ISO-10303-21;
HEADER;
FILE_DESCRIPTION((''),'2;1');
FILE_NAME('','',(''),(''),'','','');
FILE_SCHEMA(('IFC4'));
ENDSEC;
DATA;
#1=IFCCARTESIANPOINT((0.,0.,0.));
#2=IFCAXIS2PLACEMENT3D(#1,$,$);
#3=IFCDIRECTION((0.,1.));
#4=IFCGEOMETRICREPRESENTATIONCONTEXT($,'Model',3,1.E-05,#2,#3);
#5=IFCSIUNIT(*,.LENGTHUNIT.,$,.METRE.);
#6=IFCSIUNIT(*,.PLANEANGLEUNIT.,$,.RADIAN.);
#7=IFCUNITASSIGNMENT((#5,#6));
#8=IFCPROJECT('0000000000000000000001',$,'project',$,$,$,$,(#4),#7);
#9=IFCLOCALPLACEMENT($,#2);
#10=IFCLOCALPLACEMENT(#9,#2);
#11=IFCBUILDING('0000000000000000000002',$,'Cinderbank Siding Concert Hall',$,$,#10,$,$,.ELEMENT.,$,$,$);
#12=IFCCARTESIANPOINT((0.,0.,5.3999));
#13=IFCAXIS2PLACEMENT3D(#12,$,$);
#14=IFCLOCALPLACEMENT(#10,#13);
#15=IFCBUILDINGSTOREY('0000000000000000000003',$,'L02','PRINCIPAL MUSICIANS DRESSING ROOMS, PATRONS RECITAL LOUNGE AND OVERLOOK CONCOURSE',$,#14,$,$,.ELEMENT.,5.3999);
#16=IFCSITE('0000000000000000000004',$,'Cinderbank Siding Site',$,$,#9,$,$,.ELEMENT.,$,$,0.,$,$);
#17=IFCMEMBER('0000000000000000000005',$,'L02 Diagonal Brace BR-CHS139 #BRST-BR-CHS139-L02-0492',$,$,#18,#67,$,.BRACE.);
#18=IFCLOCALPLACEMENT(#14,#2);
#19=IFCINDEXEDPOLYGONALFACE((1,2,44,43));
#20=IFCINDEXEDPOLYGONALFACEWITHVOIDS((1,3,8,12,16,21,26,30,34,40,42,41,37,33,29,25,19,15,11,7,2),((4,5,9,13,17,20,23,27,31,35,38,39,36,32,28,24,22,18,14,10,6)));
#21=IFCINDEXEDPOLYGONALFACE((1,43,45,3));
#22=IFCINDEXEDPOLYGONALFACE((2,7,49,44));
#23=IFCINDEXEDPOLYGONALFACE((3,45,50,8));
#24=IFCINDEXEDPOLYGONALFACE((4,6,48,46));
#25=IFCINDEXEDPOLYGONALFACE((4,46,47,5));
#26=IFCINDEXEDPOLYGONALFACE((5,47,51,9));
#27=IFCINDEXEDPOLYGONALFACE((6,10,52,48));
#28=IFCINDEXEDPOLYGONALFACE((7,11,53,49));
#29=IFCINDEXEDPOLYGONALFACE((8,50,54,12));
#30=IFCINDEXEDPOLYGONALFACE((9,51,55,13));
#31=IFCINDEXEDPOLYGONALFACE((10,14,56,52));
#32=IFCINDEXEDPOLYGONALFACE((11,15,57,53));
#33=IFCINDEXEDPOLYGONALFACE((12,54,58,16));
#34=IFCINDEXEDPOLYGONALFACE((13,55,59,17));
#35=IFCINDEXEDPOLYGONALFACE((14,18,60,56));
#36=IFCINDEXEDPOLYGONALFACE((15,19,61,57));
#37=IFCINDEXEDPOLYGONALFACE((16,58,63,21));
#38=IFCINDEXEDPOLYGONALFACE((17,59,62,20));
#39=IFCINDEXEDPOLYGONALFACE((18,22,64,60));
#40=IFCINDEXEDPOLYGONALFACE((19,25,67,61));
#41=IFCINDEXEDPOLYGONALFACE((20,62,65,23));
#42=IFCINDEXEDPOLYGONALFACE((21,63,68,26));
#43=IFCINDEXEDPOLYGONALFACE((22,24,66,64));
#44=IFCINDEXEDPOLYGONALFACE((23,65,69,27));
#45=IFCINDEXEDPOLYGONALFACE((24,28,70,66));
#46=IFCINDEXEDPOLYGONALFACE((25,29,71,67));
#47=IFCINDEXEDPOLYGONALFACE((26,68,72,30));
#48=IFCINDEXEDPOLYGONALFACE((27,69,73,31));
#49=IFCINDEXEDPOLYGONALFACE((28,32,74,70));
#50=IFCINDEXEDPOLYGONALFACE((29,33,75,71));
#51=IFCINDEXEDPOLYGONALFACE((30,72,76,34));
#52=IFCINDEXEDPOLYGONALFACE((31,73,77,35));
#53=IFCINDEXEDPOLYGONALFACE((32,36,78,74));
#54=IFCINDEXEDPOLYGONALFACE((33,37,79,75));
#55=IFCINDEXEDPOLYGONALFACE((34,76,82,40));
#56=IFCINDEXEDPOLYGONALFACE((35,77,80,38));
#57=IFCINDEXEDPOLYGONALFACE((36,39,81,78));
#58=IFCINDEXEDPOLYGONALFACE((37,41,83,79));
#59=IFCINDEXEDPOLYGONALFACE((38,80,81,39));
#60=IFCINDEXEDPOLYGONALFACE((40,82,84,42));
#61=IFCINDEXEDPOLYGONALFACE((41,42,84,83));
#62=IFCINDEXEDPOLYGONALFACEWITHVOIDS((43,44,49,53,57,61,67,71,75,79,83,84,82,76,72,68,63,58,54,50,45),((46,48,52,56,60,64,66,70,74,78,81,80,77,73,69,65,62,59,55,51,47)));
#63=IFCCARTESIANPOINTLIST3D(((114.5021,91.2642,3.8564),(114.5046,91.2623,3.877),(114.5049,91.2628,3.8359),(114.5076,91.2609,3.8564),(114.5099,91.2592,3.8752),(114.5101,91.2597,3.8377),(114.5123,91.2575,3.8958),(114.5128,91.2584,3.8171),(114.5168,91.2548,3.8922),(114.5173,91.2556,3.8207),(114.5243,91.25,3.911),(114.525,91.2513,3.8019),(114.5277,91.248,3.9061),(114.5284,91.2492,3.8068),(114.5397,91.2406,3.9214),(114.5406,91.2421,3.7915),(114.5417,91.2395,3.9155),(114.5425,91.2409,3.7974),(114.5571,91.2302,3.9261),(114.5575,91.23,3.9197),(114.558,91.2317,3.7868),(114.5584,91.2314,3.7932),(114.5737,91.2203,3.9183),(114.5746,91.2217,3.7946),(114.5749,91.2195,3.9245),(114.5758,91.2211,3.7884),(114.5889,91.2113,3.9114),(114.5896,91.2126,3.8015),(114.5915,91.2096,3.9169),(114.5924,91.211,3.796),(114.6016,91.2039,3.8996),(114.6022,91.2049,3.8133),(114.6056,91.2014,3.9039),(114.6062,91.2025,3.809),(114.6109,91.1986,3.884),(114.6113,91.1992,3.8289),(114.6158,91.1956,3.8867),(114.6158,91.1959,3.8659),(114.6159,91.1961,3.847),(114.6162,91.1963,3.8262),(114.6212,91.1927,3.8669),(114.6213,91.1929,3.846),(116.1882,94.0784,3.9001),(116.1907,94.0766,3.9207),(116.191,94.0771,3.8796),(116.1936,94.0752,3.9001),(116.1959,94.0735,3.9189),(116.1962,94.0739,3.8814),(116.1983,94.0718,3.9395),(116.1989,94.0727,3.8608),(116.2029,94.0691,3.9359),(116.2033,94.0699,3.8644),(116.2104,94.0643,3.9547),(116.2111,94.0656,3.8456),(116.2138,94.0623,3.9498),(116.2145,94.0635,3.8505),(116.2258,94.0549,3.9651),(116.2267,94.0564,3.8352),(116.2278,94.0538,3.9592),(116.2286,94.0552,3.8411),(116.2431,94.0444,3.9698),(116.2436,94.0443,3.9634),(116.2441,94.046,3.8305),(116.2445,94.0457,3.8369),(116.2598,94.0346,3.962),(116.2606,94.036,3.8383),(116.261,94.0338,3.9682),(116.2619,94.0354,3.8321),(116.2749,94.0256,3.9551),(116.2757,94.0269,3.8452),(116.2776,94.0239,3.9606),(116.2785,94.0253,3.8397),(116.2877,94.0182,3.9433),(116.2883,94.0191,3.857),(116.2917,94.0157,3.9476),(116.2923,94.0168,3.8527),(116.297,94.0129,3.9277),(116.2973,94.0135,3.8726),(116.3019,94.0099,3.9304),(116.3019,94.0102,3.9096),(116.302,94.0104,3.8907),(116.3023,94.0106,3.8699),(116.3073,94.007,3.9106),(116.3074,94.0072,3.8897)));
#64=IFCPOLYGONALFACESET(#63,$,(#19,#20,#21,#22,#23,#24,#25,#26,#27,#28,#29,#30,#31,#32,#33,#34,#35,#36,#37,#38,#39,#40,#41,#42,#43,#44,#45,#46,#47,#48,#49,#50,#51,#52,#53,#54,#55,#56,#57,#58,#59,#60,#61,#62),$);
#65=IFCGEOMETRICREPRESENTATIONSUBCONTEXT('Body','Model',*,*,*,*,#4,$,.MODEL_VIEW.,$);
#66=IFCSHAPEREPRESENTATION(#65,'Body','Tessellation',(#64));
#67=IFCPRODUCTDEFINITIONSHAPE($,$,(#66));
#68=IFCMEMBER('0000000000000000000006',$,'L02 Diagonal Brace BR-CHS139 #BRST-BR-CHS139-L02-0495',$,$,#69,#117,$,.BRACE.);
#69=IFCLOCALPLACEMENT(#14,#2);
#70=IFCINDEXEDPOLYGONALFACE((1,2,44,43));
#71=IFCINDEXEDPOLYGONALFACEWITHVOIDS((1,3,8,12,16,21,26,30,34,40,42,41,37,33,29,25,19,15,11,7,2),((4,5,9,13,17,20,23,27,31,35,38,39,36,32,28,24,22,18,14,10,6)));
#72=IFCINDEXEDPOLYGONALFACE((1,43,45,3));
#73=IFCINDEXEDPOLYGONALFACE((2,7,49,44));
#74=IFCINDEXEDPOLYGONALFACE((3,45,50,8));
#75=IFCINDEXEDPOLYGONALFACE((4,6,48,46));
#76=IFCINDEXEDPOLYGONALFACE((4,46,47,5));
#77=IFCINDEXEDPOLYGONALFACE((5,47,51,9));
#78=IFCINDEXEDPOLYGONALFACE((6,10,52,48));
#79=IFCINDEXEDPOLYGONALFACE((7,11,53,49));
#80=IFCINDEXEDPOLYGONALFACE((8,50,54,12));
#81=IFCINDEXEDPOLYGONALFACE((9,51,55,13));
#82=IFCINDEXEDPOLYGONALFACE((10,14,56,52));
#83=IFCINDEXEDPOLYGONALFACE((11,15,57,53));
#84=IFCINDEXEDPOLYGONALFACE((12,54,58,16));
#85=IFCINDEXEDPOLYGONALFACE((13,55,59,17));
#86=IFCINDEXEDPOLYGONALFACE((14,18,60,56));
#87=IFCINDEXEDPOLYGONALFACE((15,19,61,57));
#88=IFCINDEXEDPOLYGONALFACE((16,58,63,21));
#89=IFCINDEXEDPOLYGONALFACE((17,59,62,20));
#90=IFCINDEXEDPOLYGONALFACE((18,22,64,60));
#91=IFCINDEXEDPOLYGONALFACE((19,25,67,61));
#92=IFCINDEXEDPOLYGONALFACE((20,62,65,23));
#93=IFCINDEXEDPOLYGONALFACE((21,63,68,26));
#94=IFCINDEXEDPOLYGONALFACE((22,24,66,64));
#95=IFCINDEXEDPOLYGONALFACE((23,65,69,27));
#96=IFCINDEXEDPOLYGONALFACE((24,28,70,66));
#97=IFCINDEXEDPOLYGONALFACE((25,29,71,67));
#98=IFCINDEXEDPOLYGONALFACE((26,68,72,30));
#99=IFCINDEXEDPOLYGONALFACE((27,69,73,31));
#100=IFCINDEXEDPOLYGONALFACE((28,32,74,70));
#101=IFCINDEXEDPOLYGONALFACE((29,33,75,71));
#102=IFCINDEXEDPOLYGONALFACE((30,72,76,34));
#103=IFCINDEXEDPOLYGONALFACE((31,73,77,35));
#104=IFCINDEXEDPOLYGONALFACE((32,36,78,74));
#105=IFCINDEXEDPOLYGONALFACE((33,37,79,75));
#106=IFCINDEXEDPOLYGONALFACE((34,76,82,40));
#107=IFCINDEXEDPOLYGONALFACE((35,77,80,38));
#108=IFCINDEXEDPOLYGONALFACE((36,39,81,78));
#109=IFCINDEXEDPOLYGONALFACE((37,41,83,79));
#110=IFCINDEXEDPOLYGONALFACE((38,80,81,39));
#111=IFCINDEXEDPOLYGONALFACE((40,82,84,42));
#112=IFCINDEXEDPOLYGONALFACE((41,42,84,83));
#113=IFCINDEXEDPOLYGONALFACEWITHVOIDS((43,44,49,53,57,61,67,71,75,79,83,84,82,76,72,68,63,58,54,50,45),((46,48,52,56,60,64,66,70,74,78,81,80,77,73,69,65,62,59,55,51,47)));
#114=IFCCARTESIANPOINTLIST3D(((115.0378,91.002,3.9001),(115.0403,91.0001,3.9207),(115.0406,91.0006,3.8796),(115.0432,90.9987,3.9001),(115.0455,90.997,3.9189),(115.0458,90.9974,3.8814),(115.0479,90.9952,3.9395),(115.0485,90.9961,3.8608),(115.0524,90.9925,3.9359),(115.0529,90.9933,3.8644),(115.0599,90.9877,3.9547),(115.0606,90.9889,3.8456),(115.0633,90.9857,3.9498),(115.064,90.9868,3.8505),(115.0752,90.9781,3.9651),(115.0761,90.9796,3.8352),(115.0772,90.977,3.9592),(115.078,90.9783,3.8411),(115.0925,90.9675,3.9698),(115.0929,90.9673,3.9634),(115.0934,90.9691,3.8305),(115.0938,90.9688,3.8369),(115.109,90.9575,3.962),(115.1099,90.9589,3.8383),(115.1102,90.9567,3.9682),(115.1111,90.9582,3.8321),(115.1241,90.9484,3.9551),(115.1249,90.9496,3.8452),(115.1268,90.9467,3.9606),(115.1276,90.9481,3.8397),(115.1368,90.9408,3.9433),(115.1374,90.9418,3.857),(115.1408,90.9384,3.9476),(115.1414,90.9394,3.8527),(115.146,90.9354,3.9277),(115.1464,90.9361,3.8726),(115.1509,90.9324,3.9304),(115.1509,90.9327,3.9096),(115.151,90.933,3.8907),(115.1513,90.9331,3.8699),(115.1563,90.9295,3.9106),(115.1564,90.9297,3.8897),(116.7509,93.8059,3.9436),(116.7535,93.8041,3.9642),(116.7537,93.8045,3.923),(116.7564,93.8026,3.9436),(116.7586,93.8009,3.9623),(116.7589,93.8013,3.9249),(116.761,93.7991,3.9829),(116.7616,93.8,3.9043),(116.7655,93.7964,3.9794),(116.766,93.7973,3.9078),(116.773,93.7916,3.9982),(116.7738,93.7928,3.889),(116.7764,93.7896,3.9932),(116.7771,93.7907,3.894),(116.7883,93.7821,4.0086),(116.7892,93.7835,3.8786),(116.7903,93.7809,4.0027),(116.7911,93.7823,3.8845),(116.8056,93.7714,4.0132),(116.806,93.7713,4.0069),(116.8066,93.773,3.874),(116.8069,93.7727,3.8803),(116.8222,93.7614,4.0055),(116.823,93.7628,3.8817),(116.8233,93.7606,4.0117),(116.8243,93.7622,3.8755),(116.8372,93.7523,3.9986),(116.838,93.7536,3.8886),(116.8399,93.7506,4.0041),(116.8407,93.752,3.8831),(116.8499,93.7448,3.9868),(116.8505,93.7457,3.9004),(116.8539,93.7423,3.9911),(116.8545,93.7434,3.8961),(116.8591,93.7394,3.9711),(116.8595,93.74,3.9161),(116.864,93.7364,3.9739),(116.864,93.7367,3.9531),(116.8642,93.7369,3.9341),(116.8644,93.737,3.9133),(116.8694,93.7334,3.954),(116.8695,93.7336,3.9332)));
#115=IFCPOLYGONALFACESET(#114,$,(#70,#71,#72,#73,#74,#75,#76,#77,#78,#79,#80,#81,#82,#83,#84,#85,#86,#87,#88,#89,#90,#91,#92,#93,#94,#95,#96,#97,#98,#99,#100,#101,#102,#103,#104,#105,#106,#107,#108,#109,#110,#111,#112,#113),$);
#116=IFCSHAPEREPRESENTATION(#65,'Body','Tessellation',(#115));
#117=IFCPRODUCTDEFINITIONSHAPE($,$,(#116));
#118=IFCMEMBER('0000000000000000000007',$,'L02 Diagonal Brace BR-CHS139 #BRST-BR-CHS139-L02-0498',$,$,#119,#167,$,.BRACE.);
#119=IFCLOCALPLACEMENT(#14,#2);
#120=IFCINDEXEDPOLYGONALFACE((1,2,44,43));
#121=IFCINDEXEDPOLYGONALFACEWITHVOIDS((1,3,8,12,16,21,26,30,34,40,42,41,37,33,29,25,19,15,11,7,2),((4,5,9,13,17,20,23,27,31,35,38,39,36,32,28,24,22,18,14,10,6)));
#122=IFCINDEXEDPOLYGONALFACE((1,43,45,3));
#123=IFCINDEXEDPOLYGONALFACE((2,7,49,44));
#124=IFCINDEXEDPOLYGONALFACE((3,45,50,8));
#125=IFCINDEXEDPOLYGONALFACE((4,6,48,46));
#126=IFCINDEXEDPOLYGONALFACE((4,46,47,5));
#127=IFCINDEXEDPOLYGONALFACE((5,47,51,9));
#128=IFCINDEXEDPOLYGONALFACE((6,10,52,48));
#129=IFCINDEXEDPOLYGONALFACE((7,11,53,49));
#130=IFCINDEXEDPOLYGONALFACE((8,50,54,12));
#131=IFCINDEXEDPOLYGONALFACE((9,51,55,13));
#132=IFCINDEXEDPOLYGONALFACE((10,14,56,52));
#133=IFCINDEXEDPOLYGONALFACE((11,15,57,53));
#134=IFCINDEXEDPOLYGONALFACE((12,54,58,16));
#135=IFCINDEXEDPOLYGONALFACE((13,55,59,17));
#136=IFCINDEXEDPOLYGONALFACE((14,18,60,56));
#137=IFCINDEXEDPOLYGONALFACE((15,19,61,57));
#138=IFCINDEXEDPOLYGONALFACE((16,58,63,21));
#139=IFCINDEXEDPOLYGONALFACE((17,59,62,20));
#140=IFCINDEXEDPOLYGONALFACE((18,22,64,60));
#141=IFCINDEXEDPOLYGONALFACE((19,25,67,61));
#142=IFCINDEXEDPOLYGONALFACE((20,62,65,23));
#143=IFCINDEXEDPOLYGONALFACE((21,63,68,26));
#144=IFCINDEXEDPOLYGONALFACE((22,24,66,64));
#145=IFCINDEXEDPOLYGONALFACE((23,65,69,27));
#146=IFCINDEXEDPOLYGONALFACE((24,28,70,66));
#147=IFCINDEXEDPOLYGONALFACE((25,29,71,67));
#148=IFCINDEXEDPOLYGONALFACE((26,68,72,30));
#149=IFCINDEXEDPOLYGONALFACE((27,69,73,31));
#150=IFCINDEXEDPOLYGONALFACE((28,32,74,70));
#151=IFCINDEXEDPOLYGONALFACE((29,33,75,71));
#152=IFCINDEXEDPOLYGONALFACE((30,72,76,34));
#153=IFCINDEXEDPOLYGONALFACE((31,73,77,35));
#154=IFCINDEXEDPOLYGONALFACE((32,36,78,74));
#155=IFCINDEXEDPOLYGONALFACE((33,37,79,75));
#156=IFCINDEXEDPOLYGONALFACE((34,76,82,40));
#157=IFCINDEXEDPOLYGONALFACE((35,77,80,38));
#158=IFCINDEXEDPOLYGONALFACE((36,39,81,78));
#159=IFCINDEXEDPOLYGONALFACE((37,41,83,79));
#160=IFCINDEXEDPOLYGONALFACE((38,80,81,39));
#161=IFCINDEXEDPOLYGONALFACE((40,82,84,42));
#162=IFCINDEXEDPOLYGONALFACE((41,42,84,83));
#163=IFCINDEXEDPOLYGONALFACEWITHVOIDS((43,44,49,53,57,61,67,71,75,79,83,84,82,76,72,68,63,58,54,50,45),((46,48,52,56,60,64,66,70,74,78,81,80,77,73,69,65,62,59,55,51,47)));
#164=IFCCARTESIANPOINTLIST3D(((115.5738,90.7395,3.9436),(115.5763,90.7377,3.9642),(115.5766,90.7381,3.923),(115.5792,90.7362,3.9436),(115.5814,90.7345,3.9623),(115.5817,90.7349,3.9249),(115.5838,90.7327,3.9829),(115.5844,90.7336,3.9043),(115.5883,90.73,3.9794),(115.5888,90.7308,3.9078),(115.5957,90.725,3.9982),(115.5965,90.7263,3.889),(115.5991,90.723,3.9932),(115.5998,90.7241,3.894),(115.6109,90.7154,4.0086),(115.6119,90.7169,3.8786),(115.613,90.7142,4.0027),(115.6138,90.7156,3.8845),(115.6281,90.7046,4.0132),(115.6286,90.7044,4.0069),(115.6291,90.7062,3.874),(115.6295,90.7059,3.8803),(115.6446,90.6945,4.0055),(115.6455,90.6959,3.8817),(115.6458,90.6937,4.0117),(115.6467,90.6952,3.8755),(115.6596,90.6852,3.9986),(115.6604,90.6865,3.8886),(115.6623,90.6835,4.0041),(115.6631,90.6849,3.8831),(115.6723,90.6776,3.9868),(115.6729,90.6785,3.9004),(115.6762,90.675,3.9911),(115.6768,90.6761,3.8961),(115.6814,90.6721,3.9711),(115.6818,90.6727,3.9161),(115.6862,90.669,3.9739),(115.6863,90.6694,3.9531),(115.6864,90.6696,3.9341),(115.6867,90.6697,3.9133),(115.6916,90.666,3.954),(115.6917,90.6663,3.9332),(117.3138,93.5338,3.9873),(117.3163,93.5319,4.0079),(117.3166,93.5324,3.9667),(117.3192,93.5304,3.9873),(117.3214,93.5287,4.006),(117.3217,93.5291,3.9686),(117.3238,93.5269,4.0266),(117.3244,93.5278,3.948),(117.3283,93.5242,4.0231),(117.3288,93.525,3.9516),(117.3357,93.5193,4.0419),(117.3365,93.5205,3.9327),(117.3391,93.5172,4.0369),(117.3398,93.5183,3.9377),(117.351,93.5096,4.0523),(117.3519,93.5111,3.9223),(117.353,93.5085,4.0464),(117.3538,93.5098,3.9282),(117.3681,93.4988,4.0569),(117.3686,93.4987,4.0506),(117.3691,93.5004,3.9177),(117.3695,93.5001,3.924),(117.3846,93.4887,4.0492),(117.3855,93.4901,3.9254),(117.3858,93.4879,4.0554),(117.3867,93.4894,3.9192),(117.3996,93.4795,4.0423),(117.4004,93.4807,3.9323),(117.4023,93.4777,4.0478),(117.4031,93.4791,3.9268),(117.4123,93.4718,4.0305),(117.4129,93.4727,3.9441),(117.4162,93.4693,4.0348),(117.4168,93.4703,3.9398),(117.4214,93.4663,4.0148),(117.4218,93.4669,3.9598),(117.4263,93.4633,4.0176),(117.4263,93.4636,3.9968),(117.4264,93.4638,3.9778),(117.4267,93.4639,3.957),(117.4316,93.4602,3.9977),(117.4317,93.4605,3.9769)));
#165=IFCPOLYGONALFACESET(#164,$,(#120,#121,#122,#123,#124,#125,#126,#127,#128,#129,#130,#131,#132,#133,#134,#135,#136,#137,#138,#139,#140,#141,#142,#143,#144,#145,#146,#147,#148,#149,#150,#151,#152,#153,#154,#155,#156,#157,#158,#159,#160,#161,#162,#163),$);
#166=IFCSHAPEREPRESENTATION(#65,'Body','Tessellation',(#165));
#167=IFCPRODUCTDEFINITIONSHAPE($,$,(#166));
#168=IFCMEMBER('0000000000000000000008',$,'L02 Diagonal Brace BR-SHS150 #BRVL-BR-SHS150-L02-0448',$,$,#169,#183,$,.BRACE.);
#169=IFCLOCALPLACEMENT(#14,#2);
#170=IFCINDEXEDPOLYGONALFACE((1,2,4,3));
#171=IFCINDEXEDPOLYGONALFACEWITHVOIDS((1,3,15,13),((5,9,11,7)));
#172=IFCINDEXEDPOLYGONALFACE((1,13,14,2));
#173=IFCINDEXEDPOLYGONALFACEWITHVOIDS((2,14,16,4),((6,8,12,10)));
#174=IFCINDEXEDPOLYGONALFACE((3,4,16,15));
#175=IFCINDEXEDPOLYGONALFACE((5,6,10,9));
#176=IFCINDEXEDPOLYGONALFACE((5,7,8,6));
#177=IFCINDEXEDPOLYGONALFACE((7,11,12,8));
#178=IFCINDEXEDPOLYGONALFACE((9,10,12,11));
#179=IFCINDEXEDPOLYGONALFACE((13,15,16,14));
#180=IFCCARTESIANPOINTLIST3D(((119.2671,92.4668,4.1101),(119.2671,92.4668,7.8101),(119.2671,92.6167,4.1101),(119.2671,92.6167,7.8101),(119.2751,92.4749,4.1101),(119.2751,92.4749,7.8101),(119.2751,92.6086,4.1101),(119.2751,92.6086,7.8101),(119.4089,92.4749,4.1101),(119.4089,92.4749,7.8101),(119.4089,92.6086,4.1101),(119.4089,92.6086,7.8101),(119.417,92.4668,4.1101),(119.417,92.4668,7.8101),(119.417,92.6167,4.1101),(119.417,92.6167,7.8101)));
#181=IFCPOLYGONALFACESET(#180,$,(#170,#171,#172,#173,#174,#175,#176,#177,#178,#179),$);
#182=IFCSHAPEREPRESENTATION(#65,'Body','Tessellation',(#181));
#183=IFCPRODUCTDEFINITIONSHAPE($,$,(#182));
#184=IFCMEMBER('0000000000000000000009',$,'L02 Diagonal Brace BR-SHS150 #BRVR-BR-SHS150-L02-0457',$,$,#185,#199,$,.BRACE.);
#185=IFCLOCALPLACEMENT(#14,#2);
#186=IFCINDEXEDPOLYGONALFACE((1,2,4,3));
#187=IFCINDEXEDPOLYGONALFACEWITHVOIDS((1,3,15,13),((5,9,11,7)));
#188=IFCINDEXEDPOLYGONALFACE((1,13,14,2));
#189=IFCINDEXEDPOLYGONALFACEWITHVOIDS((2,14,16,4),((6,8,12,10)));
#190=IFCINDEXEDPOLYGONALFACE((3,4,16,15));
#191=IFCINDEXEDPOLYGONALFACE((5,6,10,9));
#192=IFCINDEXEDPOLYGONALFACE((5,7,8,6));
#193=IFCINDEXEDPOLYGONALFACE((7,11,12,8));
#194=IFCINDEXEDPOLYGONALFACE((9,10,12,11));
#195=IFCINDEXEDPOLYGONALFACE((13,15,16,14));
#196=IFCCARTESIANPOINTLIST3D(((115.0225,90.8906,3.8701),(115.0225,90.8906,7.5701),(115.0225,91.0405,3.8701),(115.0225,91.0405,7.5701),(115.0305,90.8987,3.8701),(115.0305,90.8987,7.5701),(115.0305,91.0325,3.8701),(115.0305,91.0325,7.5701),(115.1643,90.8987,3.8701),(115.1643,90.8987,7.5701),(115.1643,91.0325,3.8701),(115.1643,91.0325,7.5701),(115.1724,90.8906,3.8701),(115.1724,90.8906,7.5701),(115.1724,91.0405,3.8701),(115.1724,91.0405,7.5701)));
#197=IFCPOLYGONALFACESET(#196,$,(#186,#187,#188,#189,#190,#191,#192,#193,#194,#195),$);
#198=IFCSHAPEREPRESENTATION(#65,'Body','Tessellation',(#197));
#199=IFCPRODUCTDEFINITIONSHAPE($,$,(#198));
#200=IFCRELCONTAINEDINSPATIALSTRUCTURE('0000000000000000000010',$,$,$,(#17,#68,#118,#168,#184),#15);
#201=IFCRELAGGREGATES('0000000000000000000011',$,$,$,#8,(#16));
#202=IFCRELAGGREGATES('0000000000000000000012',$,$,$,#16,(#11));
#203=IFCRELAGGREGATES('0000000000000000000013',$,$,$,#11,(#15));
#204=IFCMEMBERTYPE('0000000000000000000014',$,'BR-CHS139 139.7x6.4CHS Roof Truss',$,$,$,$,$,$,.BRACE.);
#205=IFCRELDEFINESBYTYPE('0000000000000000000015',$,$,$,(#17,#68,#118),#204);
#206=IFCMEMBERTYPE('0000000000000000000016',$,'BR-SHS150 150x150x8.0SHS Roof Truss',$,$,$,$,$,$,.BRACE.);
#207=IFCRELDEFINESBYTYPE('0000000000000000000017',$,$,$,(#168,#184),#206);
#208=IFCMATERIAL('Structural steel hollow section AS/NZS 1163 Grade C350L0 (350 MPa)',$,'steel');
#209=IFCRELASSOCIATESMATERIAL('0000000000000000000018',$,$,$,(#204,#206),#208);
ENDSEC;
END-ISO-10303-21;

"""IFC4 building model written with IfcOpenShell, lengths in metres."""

from ifc_helpers import new_model, si_unit, direction, frame, origin, origin_2d, place, context, subcontext, project, spatial, hollow_rectangle, hollow_circle, extrude, material, material_profile, profile_set, type_object, element, save


model = new_model("IFC4")

# Units and contexts
model_context = context("Model", 3, precision=1e-05, world=origin(), true_north=direction((0.0, 1.0)))
body_context = subcontext(model_context, "Body", "Model", "MODEL_VIEW")
ifc_project = project(units=[si_unit("LENGTHUNIT", "METRE"), si_unit("PLANEANGLEUNIT", "RADIAN")], contexts=[model_context])

# Site, building, storey
site_placement = place(None, origin())
site = spatial("IfcSite", under=ifc_project, at=site_placement, Name="Cinderbank Siding Site", CompositionType="ELEMENT", RefElevation=0.0)
building_placement = place(site_placement, origin())
building = spatial("IfcBuilding", under=site, at=building_placement, Name="Cinderbank Siding Concert Hall", CompositionType="ELEMENT")
storey_placement = place(building_placement, frame((0.0, 0.0, 5.3999)))
storey = spatial("IfcBuildingStorey", under=building, at=storey_placement, Name="L02", Description="PRINCIPAL MUSICIANS DRESSING ROOMS, PATRONS RECITAL LOUNGE AND OVERLOOK CONCOURSE", CompositionType="ELEMENT", Elevation=5.3999)

# Shared definitions
ifc_material_1 = material(Name="Structural steel hollow section AS/NZS 1163 Grade C350L0 (350 MPa)", Category="steel")

# Members
ifc_material_profile_1 = material_profile(ifc_material_1, hollow_circle(Radius=0.0698, WallThickness=0.0063, at=origin_2d()), Name="139.7x6.4CHS", Category="LoadBearing")
ifc_profile_set_1 = profile_set([ifc_material_profile_1], Name="Structural steel hollow section AS/NZS 1163 Grade C350L0 (350 MPa)")
member_type_1 = type_object("IfcMemberType", Name="BR-CHS139 139.7x6.4CHS Roof Truss", PredefinedType="BRACE", material=ifc_profile_set_1)
member_1_placement = place(storey_placement, frame((114.562, 91.2283, 3.8564), z_axis=(0.513892, 0.857752, 0.01332), x_axis=(-0.857828, 0.513938, 0.0)))
element("IfcMember", 1, at=member_1_placement, inside=storey, type_object=member_type_1, Name="L02 Diagonal Brace BR-CHS139 #BRST-BR-CHS139-L02-0492", PredefinedType="BRACE", context=body_context, shape_type="SweptSolid", body=[
    extrude(hollow_circle(Radius=0.0698, WallThickness=0.0063, at=origin_2d()), origin(), (0.0, 0.0, 1.0), 3.281),
])
member_2_placement = place(storey_placement, frame((115.0974, 90.9656, 3.9001), z_axis=(0.521317, 0.85326, 0.013224), x_axis=(-0.853335, 0.521363, 0.0)))
element("IfcMember", 2, at=member_2_placement, inside=storey, type_object=member_type_1, Name="L02 Diagonal Brace BR-CHS139 #BRST-BR-CHS139-L02-0495", PredefinedType="BRACE", context=body_context, shape_type="SweptSolid", body=[
    extrude(hollow_circle(Radius=0.0698, WallThickness=0.0063, at=origin_2d()), origin(), (0.0, 0.0, 1.0), 3.2861),
])
member_3_placement = place(storey_placement, frame((115.6331, 90.7026, 3.9436), z_axis=(0.528558, 0.848793, 0.013275), x_axis=(-0.848868, 0.528605, 0.0)))
element("IfcMember", 3, at=member_3_placement, inside=storey, type_object=member_type_1, Name="L02 Diagonal Brace BR-CHS139 #BRST-BR-CHS139-L02-0498", PredefinedType="BRACE", context=body_context, shape_type="SweptSolid", body=[
    extrude(hollow_circle(Radius=0.0698, WallThickness=0.0063, at=origin_2d()), origin(), (0.0, 0.0, 1.0), 3.292),
])
ifc_material_profile_2 = material_profile(ifc_material_1, hollow_rectangle(XDim=0.1499, YDim=0.1499, WallThickness=0.0081, at=origin_2d()), Name="150x150x8.0SHS", Category="LoadBearing")
ifc_profile_set_2 = profile_set([ifc_material_profile_2], Name="Structural steel hollow section AS/NZS 1163 Grade C350L0 (350 MPa)")
member_type_2 = type_object("IfcMemberType", Name="BR-SHS150 150x150x8.0SHS Roof Truss", PredefinedType="BRACE", material=ifc_profile_set_2)
for number, where, z_axis, x_axis, name in (
    (4, (119.342, 92.5417, 4.1101), (0.0, 0.0, 1.0), (1.0, 0.0, 0.0), "L02 Diagonal Brace BR-SHS150 #BRVL-BR-SHS150-L02-0448"),
    (5, (115.0974, 90.9656, 3.8701), (0.0, 0.0, 1.0), (1.0, 0.0, 0.0), "L02 Diagonal Brace BR-SHS150 #BRVR-BR-SHS150-L02-0457"),
):
    element("IfcMember", number, at=place(storey_placement, frame(where, z_axis=z_axis, x_axis=x_axis)), inside=storey, type_object=member_type_2, Name=name, PredefinedType="BRACE", context=body_context, shape_type="SweptSolid", body=[
        extrude(hollow_rectangle(XDim=0.1499, YDim=0.1499, WallThickness=0.0081, at=origin_2d()), origin(), (0.0, 0.0, 1.0), 3.7),
    ])

save(model, "model.ifc")
